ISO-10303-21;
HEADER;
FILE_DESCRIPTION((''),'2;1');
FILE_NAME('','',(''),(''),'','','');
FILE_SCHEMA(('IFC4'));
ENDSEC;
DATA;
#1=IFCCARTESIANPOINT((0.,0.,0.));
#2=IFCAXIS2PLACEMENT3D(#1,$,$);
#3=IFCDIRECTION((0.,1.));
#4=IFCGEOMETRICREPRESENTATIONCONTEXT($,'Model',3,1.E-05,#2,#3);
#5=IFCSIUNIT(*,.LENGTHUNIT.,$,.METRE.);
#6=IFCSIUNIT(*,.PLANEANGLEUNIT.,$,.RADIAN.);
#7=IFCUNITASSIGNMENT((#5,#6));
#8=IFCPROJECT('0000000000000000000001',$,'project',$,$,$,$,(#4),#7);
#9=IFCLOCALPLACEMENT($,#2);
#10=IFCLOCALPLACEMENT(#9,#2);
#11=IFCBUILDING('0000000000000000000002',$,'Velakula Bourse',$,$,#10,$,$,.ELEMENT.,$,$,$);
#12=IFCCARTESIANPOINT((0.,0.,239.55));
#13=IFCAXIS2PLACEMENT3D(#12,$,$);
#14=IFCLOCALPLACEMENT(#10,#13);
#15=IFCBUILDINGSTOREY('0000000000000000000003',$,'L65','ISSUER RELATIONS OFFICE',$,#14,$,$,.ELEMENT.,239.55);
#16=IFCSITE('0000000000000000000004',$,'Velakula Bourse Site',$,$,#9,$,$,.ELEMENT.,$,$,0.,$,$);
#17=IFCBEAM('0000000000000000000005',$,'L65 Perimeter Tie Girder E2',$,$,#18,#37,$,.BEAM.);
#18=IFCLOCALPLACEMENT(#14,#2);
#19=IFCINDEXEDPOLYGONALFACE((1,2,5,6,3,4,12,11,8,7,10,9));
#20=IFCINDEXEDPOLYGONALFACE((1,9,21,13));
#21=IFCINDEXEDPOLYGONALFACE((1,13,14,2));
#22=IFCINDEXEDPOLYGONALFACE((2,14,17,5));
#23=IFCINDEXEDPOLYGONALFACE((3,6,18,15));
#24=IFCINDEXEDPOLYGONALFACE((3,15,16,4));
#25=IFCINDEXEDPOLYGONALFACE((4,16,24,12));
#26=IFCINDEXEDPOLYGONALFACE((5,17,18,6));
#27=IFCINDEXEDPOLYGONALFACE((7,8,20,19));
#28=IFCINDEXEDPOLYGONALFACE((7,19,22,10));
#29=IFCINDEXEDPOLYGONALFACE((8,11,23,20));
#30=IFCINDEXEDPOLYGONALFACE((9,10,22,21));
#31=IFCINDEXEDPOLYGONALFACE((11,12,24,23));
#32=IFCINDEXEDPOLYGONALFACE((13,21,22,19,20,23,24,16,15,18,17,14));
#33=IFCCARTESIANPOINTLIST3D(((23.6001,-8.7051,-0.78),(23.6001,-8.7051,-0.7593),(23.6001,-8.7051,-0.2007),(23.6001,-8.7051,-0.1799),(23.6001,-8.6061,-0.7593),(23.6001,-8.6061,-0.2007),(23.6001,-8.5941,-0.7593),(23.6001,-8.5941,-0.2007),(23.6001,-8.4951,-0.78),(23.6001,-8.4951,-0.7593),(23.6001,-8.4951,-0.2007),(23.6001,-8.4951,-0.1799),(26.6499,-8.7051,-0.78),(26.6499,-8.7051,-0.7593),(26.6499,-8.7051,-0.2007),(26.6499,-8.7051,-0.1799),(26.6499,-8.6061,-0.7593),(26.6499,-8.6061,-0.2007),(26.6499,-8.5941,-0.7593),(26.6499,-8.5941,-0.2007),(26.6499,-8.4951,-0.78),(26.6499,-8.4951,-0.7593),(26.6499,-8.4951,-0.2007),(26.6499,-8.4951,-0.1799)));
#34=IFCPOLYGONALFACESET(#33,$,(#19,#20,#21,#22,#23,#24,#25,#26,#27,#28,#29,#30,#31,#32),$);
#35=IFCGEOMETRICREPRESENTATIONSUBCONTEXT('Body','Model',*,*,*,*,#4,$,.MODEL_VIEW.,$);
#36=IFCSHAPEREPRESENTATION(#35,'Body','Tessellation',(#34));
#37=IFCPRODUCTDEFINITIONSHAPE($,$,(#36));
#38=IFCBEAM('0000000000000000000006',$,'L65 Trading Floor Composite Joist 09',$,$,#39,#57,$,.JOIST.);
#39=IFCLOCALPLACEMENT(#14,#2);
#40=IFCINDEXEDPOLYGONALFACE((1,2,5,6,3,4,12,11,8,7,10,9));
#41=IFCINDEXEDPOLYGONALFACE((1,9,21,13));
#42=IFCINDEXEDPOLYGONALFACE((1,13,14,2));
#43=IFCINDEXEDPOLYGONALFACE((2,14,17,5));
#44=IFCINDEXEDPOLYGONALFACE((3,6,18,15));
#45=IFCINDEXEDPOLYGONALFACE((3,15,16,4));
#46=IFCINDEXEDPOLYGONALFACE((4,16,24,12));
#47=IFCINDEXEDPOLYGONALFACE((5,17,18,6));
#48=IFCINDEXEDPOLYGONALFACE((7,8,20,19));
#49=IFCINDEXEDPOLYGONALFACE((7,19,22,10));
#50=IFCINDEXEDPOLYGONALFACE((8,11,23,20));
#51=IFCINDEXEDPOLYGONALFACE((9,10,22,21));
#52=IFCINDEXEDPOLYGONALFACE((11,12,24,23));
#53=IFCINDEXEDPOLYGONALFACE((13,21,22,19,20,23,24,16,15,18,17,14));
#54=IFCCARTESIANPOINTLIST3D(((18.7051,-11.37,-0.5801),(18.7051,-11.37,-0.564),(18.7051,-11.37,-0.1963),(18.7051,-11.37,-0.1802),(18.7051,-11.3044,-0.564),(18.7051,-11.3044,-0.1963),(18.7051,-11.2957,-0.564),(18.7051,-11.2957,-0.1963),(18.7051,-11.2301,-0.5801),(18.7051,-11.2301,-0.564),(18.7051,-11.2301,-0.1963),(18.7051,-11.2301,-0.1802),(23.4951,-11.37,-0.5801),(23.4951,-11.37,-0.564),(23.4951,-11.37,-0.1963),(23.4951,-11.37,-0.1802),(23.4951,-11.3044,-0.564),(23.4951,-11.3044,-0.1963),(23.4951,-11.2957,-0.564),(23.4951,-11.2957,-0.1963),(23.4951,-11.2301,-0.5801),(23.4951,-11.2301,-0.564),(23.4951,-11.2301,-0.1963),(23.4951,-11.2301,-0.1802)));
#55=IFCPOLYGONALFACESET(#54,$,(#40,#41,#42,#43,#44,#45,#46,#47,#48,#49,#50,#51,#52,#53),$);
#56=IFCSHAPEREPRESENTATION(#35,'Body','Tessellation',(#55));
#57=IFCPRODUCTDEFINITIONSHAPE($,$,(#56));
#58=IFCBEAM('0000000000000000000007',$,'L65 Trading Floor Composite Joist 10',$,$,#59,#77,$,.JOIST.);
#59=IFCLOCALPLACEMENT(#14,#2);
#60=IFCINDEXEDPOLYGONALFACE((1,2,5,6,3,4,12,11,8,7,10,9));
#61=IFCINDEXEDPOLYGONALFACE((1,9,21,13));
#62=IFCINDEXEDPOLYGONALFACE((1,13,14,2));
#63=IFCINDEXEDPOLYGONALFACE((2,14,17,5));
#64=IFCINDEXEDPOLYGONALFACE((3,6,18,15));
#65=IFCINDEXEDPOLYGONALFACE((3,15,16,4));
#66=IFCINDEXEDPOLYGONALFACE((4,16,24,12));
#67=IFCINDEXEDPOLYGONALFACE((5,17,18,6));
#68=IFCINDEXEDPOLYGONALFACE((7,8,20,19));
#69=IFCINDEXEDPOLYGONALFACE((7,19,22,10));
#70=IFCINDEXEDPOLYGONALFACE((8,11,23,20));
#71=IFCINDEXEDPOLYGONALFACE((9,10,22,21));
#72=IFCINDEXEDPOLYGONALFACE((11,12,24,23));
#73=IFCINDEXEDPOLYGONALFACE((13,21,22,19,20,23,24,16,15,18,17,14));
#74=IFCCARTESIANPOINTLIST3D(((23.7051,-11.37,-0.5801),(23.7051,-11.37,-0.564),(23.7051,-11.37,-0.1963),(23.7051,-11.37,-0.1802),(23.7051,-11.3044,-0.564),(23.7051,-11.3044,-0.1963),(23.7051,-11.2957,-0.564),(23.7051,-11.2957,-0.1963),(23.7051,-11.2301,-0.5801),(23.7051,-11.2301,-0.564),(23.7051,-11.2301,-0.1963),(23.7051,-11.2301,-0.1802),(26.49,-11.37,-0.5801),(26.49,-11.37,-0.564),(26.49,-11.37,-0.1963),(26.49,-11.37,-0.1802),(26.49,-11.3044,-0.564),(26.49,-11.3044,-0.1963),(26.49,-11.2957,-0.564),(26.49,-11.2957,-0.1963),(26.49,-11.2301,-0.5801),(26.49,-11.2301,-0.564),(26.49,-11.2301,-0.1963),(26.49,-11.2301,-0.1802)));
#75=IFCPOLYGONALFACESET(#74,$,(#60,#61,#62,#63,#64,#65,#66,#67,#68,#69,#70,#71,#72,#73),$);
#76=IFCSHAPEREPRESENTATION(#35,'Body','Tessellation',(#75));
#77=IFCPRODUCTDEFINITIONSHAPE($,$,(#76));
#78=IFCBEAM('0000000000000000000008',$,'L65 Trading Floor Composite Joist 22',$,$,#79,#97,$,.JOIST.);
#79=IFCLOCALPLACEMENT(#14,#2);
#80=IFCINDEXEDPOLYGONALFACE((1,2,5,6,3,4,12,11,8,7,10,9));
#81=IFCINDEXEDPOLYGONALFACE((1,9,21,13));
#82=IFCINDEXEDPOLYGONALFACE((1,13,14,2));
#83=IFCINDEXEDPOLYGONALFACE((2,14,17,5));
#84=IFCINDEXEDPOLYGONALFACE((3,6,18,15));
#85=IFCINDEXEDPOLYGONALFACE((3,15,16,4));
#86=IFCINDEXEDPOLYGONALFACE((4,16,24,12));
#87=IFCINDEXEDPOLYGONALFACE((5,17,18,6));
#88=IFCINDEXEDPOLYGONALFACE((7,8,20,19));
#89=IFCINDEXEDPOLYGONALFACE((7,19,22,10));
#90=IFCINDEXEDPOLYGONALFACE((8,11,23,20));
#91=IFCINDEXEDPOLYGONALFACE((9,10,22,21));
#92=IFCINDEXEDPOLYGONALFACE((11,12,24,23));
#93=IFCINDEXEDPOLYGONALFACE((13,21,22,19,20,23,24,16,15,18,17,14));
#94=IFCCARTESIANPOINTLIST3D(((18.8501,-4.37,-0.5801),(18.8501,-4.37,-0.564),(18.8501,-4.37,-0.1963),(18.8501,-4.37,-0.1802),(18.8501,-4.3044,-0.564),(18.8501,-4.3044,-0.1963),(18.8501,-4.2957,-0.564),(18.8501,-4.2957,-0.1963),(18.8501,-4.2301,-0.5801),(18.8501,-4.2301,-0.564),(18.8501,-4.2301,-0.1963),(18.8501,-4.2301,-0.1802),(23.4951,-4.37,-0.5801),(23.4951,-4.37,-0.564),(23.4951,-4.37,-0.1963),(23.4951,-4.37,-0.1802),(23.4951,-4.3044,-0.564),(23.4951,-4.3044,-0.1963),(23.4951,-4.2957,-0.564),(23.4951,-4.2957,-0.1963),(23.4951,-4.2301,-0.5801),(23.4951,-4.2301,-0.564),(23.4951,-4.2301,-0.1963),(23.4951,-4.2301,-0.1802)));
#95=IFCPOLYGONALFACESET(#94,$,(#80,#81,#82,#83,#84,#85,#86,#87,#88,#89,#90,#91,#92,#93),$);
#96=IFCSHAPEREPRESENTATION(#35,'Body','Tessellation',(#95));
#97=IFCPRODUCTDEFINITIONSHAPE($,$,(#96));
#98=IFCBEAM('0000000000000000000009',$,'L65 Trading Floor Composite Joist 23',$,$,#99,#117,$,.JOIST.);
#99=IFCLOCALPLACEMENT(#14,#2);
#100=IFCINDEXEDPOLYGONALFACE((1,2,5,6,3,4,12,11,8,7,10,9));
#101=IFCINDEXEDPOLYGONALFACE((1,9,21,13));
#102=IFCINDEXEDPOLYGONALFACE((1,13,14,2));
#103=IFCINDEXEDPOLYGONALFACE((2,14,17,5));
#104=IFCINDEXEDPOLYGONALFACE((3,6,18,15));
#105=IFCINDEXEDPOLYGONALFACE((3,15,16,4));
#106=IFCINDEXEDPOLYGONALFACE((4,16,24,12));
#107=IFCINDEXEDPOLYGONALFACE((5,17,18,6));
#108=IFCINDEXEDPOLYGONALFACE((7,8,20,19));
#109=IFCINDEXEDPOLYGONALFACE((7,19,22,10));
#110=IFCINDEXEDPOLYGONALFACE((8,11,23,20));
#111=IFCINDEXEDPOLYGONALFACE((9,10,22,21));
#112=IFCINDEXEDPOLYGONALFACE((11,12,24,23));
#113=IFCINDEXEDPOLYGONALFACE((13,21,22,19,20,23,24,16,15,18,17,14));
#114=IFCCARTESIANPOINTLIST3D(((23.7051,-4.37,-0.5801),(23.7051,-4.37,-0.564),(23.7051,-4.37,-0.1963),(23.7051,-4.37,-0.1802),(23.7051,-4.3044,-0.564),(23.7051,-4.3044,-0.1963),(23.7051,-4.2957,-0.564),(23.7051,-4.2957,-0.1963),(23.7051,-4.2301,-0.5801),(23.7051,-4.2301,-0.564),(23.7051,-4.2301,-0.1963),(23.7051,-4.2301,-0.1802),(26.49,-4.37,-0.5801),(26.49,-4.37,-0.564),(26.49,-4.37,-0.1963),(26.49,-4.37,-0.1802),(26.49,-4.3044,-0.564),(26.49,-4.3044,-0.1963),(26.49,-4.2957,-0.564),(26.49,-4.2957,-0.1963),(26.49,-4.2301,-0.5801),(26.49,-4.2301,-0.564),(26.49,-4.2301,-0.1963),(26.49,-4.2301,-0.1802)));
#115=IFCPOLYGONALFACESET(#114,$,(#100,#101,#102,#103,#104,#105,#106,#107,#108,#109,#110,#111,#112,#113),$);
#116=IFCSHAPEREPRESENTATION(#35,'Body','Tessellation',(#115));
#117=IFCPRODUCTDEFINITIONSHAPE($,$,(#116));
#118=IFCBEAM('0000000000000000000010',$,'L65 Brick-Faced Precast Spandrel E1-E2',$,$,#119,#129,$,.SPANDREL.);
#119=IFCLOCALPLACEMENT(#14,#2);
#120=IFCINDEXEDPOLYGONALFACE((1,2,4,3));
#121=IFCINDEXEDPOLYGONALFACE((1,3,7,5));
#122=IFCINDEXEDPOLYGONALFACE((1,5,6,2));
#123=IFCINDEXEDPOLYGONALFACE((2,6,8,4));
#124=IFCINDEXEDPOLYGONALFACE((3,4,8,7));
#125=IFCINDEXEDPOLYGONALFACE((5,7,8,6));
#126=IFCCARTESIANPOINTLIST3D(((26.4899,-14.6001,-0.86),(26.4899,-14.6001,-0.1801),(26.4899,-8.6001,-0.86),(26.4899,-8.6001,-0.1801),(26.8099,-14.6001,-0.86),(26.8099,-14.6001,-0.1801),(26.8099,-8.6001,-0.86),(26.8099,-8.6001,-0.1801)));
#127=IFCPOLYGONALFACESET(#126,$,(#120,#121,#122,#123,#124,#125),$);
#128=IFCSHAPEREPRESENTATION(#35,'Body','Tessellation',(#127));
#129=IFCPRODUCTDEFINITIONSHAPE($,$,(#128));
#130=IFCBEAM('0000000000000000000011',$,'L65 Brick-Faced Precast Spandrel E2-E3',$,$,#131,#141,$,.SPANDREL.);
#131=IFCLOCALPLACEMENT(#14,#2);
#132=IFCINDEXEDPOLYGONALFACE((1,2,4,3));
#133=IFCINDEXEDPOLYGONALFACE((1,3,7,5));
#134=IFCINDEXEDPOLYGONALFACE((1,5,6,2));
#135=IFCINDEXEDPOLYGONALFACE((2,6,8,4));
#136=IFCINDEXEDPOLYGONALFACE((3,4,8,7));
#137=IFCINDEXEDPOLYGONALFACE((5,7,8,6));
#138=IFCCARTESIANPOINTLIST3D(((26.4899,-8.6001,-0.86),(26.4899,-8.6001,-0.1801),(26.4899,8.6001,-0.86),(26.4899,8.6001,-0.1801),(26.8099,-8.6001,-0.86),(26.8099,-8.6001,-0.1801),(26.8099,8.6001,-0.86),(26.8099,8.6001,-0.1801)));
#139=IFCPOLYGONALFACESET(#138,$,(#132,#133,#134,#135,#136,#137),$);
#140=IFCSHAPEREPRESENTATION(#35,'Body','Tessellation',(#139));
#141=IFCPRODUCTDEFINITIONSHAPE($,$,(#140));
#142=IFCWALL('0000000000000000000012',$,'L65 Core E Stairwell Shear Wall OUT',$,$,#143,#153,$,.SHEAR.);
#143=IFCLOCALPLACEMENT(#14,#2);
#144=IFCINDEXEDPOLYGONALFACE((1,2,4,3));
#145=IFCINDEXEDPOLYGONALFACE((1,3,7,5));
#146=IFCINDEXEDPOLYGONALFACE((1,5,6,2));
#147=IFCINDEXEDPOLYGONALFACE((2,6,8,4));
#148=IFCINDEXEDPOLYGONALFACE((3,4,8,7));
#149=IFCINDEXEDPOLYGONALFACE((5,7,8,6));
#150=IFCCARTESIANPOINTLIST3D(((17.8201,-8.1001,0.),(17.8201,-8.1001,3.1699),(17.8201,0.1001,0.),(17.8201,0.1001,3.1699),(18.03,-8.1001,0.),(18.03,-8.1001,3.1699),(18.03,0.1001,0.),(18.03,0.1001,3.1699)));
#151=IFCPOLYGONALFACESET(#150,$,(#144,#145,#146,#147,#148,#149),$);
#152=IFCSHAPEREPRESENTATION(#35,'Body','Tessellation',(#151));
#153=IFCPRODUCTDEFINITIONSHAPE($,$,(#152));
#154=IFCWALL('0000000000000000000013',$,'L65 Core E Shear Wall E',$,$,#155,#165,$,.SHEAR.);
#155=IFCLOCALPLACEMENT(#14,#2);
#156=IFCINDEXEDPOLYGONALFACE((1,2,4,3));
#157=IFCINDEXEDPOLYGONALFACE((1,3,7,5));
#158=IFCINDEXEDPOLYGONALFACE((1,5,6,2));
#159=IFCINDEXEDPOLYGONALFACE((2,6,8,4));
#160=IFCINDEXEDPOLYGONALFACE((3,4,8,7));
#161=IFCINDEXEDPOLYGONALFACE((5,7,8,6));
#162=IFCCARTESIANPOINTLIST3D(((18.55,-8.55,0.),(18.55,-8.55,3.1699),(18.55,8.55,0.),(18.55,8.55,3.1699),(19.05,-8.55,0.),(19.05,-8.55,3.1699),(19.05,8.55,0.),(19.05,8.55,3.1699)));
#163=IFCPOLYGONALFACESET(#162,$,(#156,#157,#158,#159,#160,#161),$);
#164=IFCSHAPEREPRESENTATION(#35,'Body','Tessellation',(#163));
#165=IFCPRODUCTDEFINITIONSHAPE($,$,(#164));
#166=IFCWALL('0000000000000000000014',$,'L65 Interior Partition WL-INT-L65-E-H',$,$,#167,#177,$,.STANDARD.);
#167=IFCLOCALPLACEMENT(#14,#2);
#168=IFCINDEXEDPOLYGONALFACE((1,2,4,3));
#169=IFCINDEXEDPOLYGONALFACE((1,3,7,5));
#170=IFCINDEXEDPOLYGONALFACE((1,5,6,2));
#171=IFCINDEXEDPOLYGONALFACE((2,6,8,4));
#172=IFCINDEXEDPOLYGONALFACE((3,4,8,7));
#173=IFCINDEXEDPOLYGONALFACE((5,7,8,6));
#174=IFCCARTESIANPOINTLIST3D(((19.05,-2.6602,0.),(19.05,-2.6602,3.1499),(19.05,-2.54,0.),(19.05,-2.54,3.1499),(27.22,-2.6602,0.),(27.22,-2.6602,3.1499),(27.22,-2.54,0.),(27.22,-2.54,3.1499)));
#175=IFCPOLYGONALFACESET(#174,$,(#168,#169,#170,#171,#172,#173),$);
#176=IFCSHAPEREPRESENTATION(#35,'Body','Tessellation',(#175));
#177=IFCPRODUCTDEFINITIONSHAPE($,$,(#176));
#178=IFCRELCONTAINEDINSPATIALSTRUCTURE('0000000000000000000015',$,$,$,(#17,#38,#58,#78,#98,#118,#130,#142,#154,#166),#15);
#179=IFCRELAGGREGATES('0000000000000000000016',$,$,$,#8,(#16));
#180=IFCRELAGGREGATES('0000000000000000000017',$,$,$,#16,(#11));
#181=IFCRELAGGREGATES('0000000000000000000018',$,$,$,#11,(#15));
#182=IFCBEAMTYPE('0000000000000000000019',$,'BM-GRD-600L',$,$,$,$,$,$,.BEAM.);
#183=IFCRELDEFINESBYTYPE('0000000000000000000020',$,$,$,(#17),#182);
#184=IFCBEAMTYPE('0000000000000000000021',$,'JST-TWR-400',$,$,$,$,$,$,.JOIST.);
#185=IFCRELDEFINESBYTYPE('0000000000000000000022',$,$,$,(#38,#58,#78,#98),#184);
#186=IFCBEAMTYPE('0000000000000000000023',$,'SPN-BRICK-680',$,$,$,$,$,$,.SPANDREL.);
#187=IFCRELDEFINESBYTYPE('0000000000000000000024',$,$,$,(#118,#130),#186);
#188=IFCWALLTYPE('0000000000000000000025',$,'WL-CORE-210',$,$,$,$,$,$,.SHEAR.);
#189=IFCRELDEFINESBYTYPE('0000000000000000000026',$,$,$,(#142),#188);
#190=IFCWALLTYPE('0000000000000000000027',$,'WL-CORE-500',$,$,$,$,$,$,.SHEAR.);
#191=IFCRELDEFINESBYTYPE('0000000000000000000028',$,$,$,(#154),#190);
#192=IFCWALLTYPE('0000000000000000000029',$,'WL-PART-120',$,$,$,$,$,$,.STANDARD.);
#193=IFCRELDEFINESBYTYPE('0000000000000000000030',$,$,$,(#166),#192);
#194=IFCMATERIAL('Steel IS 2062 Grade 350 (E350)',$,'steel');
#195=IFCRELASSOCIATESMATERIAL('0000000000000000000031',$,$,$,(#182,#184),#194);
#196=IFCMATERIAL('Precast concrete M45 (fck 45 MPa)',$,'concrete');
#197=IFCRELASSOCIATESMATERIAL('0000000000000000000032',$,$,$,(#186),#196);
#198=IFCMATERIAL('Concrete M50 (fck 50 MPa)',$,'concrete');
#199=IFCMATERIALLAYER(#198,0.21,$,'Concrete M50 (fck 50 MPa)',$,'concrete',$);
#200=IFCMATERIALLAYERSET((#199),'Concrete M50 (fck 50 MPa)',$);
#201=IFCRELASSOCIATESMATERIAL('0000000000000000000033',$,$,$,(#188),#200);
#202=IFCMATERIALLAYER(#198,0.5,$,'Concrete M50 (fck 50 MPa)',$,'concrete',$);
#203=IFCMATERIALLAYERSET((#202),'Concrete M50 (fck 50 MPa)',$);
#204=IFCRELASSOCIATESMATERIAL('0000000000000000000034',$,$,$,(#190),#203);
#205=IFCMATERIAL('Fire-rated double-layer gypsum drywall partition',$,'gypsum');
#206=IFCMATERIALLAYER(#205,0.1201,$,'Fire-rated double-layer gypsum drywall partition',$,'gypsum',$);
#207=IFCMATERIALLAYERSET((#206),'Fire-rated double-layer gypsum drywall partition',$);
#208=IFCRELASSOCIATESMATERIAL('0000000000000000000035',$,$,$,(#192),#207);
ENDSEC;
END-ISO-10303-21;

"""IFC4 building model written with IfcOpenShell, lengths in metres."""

from ifc_helpers import new_model, si_unit, direction, frame, frame_2d, origin, origin_2d, place, context, subcontext, project, spatial, rectangle, i_section, extrude, material, layer, layer_set, material_profile, profile_set, type_object, element, save


model = new_model("IFC4")

# Units and contexts
model_context = context("Model", 3, precision=1e-05, world=origin(), true_north=direction((0.0, 1.0)))
body_context = subcontext(model_context, "Body", "Model", "MODEL_VIEW")
ifc_project = project(units=[si_unit("LENGTHUNIT", "METRE"), si_unit("PLANEANGLEUNIT", "RADIAN")], contexts=[model_context])

# Site, building, storey
site_placement = place(None, origin())
site = spatial("IfcSite", under=ifc_project, at=site_placement, Name="Velakula Bourse Site", CompositionType="ELEMENT", RefElevation=0.0)
building_placement = place(site_placement, origin())
building = spatial("IfcBuilding", under=site, at=building_placement, Name="Velakula Bourse", CompositionType="ELEMENT")
storey_placement = place(building_placement, frame((0.0, 0.0, 239.55)))
storey = spatial("IfcBuildingStorey", under=building, at=storey_placement, Name="L65", Description="ISSUER RELATIONS OFFICE", CompositionType="ELEMENT", Elevation=239.55)

# Shared definitions
ifc_material_1 = material(Name="Concrete M50 (fck 50 MPa)", Category="concrete")
ifc_material_2 = material(Name="Steel IS 2062 Grade 350 (E350)", Category="steel")

# Beams
ifc_material_profile_1 = material_profile(ifc_material_2, i_section(OverallWidth=0.21, OverallDepth=0.6001, WebThickness=0.012, FlangeThickness=0.0208, at=origin_2d()), Name="Steel IS 2062 Grade 350 (E350)")
ifc_profile_set_1 = profile_set([ifc_material_profile_1], Name="Steel IS 2062 Grade 350 (E350)")
beam_type_1 = type_object("IfcBeamType", Name="BM-GRD-600L", PredefinedType="BEAM", material=ifc_profile_set_1)
for number, where, z_axis, x_axis, name in (
    (1, (23.6001, -8.6001, -0.48), (1.0, 0.0, 0.0), (0.0, 1.0, 0.0), "L65 Perimeter Tie Girder E2"),
):
    element("IfcBeam", number, at=place(storey_placement, frame(where, z_axis=z_axis, x_axis=x_axis)), inside=storey, type_object=beam_type_1, Name=name, PredefinedType="BEAM", context=body_context, shape_type="SweptSolid", body=[
        extrude(i_section(OverallWidth=0.21, OverallDepth=0.6001, WebThickness=0.012, FlangeThickness=0.0208, at=origin_2d()), origin(), (0.0, 0.0, 1.0), 3.0498),
    ])
ifc_material_profile_2 = material_profile(ifc_material_2, i_section(OverallWidth=0.1399, OverallDepth=0.3999, WebThickness=0.0088, FlangeThickness=0.0161, at=origin_2d()), Name="Steel IS 2062 Grade 350 (E350)")
ifc_profile_set_2 = profile_set([ifc_material_profile_2], Name="Steel IS 2062 Grade 350 (E350)")
beam_type_2 = type_object("IfcBeamType", Name="JST-TWR-400", PredefinedType="JOIST", material=ifc_profile_set_2)
beam_1_placement = place(storey_placement, frame((18.7051, -11.3, -0.3801), z_axis=(1.0, 0.0, 0.0), x_axis=(0.0, 1.0, 0.0)))
element("IfcBeam", 2, at=beam_1_placement, inside=storey, type_object=beam_type_2, Name="L65 Trading Floor Composite Joist 09", PredefinedType="JOIST", context=body_context, shape_type="SweptSolid", body=[
    extrude(i_section(OverallWidth=0.1399, OverallDepth=0.3999, WebThickness=0.0088, FlangeThickness=0.0161, at=origin_2d()), origin(), (0.0, 0.0, 1.0), 4.79),
])
beam_2_placement = place(storey_placement, frame((23.7051, -11.3, -0.3801), z_axis=(1.0, 0.0, 0.0), x_axis=(0.0, 1.0, 0.0)))
element("IfcBeam", 3, at=beam_2_placement, inside=storey, type_object=beam_type_2, Name="L65 Trading Floor Composite Joist 10", PredefinedType="JOIST", context=body_context, shape_type="SweptSolid", body=[
    extrude(i_section(OverallWidth=0.1399, OverallDepth=0.3999, WebThickness=0.0088, FlangeThickness=0.0161, at=origin_2d()), origin(), (0.0, 0.0, 1.0), 2.7849),
])
beam_3_placement = place(storey_placement, frame((18.8501, -4.3, -0.3801), z_axis=(1.0, 0.0, 0.0), x_axis=(0.0, 1.0, 0.0)))
element("IfcBeam", 4, at=beam_3_placement, inside=storey, type_object=beam_type_2, Name="L65 Trading Floor Composite Joist 22", PredefinedType="JOIST", context=body_context, shape_type="SweptSolid", body=[
    extrude(i_section(OverallWidth=0.1399, OverallDepth=0.3999, WebThickness=0.0088, FlangeThickness=0.0161, at=origin_2d()), origin(), (0.0, 0.0, 1.0), 4.645),
])
beam_4_placement = place(storey_placement, frame((23.7051, -4.3, -0.3801), z_axis=(1.0, 0.0, 0.0), x_axis=(0.0, 1.0, 0.0)))
element("IfcBeam", 5, at=beam_4_placement, inside=storey, type_object=beam_type_2, Name="L65 Trading Floor Composite Joist 23", PredefinedType="JOIST", context=body_context, shape_type="SweptSolid", body=[
    extrude(i_section(OverallWidth=0.1399, OverallDepth=0.3999, WebThickness=0.0088, FlangeThickness=0.0161, at=origin_2d()), origin(), (0.0, 0.0, 1.0), 2.7849),
])
ifc_material_3 = material(Name="Precast concrete M45 (fck 45 MPa)", Category="concrete")
ifc_material_profile_3 = material_profile(ifc_material_3, rectangle(XDim=0.3201, YDim=0.6799, at=origin_2d()), Name="Precast concrete M45 (fck 45 MPa)")
ifc_profile_set_3 = profile_set([ifc_material_profile_3], Name="Precast concrete M45 (fck 45 MPa)")
beam_type_3 = type_object("IfcBeamType", Name="SPN-BRICK-680", PredefinedType="SPANDREL", material=ifc_profile_set_3)
beam_5_placement = place(storey_placement, frame((26.6499, -14.6001, -0.52), z_axis=(0.0, 1.0, 0.0), x_axis=(-1.0, 0.0, 0.0)))
element("IfcBeam", 6, at=beam_5_placement, inside=storey, type_object=beam_type_3, Name="L65 Brick-Faced Precast Spandrel E1-E2", PredefinedType="SPANDREL", context=body_context, shape_type="SweptSolid", body=[
    extrude(rectangle(XDim=0.3201, YDim=0.6799, at=origin_2d()), origin(), (0.0, 0.0, 1.0), 6.0),
])
beam_6_placement = place(storey_placement, frame((26.6499, -8.6001, -0.52), z_axis=(0.0, 1.0, 0.0), x_axis=(-1.0, 0.0, 0.0)))
element("IfcBeam", 7, at=beam_6_placement, inside=storey, type_object=beam_type_3, Name="L65 Brick-Faced Precast Spandrel E2-E3", PredefinedType="SPANDREL", context=body_context, shape_type="SweptSolid", body=[
    extrude(rectangle(XDim=0.3201, YDim=0.6799, at=origin_2d()), origin(), (0.0, 0.0, 1.0), 17.2002),
])

# Walls
ifc_layer_1 = layer(ifc_material_1, 0.21, Name="Concrete M50 (fck 50 MPa)", Category="concrete")
ifc_layer_set_1 = layer_set([ifc_layer_1], Name="Concrete M50 (fck 50 MPa)")
wall_type_1 = type_object("IfcWallType", Name="WL-CORE-210", PredefinedType="SHEAR", material=ifc_layer_set_1)
wall_1_placement = place(storey_placement, frame((17.925, -8.1001, 0.0), z_axis=(0.0, 0.0, 1.0), x_axis=(0.0, 1.0, 0.0)))
element("IfcWall", 8, at=wall_1_placement, inside=storey, type_object=wall_type_1, Name="L65 Core E Stairwell Shear Wall OUT", PredefinedType="SHEAR", context=body_context, shape_type="SweptSolid", body=[
    extrude(rectangle(XDim=8.2002, YDim=0.21, at=frame_2d((4.1001, 0.0))), origin(), (0.0, 0.0, 1.0), 3.1699),
])
ifc_layer_2 = layer(ifc_material_1, 0.5, Name="Concrete M50 (fck 50 MPa)", Category="concrete")
ifc_layer_set_2 = layer_set([ifc_layer_2], Name="Concrete M50 (fck 50 MPa)")
wall_type_2 = type_object("IfcWallType", Name="WL-CORE-500", PredefinedType="SHEAR", material=ifc_layer_set_2)
wall_2_placement = place(storey_placement, frame((18.8, -8.55, 0.0), z_axis=(0.0, 0.0, 1.0), x_axis=(0.0, 1.0, 0.0)))
element("IfcWall", 9, at=wall_2_placement, inside=storey, type_object=wall_type_2, Name="L65 Core E Shear Wall E", PredefinedType="SHEAR", context=body_context, shape_type="SweptSolid", body=[
    extrude(rectangle(XDim=17.1001, YDim=0.5, at=frame_2d((8.55, 0.0))), origin(), (0.0, 0.0, 1.0), 3.1699),
])
ifc_material_4 = material(Name="Fire-rated double-layer gypsum drywall partition", Category="gypsum")
ifc_layer_3 = layer(ifc_material_4, 0.1201, Name="Fire-rated double-layer gypsum drywall partition", Category="gypsum")
ifc_layer_set_3 = layer_set([ifc_layer_3], Name="Fire-rated double-layer gypsum drywall partition")
wall_type_3 = type_object("IfcWallType", Name="WL-PART-120", PredefinedType="STANDARD", material=ifc_layer_set_3)
wall_3_placement = place(storey_placement, frame((19.05, -2.6001, 0.0), z_axis=(0.0, 0.0, 1.0), x_axis=(1.0, 0.0, 0.0)))
element("IfcWall", 10, at=wall_3_placement, inside=storey, type_object=wall_type_3, Name="L65 Interior Partition WL-INT-L65-E-H", PredefinedType="STANDARD", context=body_context, shape_type="SweptSolid", body=[
    extrude(rectangle(XDim=8.1699, YDim=0.1201, at=frame_2d((4.085, 0.0))), origin(), (0.0, 0.0, 1.0), 3.1499),
])

save(model, "model.ifc")
